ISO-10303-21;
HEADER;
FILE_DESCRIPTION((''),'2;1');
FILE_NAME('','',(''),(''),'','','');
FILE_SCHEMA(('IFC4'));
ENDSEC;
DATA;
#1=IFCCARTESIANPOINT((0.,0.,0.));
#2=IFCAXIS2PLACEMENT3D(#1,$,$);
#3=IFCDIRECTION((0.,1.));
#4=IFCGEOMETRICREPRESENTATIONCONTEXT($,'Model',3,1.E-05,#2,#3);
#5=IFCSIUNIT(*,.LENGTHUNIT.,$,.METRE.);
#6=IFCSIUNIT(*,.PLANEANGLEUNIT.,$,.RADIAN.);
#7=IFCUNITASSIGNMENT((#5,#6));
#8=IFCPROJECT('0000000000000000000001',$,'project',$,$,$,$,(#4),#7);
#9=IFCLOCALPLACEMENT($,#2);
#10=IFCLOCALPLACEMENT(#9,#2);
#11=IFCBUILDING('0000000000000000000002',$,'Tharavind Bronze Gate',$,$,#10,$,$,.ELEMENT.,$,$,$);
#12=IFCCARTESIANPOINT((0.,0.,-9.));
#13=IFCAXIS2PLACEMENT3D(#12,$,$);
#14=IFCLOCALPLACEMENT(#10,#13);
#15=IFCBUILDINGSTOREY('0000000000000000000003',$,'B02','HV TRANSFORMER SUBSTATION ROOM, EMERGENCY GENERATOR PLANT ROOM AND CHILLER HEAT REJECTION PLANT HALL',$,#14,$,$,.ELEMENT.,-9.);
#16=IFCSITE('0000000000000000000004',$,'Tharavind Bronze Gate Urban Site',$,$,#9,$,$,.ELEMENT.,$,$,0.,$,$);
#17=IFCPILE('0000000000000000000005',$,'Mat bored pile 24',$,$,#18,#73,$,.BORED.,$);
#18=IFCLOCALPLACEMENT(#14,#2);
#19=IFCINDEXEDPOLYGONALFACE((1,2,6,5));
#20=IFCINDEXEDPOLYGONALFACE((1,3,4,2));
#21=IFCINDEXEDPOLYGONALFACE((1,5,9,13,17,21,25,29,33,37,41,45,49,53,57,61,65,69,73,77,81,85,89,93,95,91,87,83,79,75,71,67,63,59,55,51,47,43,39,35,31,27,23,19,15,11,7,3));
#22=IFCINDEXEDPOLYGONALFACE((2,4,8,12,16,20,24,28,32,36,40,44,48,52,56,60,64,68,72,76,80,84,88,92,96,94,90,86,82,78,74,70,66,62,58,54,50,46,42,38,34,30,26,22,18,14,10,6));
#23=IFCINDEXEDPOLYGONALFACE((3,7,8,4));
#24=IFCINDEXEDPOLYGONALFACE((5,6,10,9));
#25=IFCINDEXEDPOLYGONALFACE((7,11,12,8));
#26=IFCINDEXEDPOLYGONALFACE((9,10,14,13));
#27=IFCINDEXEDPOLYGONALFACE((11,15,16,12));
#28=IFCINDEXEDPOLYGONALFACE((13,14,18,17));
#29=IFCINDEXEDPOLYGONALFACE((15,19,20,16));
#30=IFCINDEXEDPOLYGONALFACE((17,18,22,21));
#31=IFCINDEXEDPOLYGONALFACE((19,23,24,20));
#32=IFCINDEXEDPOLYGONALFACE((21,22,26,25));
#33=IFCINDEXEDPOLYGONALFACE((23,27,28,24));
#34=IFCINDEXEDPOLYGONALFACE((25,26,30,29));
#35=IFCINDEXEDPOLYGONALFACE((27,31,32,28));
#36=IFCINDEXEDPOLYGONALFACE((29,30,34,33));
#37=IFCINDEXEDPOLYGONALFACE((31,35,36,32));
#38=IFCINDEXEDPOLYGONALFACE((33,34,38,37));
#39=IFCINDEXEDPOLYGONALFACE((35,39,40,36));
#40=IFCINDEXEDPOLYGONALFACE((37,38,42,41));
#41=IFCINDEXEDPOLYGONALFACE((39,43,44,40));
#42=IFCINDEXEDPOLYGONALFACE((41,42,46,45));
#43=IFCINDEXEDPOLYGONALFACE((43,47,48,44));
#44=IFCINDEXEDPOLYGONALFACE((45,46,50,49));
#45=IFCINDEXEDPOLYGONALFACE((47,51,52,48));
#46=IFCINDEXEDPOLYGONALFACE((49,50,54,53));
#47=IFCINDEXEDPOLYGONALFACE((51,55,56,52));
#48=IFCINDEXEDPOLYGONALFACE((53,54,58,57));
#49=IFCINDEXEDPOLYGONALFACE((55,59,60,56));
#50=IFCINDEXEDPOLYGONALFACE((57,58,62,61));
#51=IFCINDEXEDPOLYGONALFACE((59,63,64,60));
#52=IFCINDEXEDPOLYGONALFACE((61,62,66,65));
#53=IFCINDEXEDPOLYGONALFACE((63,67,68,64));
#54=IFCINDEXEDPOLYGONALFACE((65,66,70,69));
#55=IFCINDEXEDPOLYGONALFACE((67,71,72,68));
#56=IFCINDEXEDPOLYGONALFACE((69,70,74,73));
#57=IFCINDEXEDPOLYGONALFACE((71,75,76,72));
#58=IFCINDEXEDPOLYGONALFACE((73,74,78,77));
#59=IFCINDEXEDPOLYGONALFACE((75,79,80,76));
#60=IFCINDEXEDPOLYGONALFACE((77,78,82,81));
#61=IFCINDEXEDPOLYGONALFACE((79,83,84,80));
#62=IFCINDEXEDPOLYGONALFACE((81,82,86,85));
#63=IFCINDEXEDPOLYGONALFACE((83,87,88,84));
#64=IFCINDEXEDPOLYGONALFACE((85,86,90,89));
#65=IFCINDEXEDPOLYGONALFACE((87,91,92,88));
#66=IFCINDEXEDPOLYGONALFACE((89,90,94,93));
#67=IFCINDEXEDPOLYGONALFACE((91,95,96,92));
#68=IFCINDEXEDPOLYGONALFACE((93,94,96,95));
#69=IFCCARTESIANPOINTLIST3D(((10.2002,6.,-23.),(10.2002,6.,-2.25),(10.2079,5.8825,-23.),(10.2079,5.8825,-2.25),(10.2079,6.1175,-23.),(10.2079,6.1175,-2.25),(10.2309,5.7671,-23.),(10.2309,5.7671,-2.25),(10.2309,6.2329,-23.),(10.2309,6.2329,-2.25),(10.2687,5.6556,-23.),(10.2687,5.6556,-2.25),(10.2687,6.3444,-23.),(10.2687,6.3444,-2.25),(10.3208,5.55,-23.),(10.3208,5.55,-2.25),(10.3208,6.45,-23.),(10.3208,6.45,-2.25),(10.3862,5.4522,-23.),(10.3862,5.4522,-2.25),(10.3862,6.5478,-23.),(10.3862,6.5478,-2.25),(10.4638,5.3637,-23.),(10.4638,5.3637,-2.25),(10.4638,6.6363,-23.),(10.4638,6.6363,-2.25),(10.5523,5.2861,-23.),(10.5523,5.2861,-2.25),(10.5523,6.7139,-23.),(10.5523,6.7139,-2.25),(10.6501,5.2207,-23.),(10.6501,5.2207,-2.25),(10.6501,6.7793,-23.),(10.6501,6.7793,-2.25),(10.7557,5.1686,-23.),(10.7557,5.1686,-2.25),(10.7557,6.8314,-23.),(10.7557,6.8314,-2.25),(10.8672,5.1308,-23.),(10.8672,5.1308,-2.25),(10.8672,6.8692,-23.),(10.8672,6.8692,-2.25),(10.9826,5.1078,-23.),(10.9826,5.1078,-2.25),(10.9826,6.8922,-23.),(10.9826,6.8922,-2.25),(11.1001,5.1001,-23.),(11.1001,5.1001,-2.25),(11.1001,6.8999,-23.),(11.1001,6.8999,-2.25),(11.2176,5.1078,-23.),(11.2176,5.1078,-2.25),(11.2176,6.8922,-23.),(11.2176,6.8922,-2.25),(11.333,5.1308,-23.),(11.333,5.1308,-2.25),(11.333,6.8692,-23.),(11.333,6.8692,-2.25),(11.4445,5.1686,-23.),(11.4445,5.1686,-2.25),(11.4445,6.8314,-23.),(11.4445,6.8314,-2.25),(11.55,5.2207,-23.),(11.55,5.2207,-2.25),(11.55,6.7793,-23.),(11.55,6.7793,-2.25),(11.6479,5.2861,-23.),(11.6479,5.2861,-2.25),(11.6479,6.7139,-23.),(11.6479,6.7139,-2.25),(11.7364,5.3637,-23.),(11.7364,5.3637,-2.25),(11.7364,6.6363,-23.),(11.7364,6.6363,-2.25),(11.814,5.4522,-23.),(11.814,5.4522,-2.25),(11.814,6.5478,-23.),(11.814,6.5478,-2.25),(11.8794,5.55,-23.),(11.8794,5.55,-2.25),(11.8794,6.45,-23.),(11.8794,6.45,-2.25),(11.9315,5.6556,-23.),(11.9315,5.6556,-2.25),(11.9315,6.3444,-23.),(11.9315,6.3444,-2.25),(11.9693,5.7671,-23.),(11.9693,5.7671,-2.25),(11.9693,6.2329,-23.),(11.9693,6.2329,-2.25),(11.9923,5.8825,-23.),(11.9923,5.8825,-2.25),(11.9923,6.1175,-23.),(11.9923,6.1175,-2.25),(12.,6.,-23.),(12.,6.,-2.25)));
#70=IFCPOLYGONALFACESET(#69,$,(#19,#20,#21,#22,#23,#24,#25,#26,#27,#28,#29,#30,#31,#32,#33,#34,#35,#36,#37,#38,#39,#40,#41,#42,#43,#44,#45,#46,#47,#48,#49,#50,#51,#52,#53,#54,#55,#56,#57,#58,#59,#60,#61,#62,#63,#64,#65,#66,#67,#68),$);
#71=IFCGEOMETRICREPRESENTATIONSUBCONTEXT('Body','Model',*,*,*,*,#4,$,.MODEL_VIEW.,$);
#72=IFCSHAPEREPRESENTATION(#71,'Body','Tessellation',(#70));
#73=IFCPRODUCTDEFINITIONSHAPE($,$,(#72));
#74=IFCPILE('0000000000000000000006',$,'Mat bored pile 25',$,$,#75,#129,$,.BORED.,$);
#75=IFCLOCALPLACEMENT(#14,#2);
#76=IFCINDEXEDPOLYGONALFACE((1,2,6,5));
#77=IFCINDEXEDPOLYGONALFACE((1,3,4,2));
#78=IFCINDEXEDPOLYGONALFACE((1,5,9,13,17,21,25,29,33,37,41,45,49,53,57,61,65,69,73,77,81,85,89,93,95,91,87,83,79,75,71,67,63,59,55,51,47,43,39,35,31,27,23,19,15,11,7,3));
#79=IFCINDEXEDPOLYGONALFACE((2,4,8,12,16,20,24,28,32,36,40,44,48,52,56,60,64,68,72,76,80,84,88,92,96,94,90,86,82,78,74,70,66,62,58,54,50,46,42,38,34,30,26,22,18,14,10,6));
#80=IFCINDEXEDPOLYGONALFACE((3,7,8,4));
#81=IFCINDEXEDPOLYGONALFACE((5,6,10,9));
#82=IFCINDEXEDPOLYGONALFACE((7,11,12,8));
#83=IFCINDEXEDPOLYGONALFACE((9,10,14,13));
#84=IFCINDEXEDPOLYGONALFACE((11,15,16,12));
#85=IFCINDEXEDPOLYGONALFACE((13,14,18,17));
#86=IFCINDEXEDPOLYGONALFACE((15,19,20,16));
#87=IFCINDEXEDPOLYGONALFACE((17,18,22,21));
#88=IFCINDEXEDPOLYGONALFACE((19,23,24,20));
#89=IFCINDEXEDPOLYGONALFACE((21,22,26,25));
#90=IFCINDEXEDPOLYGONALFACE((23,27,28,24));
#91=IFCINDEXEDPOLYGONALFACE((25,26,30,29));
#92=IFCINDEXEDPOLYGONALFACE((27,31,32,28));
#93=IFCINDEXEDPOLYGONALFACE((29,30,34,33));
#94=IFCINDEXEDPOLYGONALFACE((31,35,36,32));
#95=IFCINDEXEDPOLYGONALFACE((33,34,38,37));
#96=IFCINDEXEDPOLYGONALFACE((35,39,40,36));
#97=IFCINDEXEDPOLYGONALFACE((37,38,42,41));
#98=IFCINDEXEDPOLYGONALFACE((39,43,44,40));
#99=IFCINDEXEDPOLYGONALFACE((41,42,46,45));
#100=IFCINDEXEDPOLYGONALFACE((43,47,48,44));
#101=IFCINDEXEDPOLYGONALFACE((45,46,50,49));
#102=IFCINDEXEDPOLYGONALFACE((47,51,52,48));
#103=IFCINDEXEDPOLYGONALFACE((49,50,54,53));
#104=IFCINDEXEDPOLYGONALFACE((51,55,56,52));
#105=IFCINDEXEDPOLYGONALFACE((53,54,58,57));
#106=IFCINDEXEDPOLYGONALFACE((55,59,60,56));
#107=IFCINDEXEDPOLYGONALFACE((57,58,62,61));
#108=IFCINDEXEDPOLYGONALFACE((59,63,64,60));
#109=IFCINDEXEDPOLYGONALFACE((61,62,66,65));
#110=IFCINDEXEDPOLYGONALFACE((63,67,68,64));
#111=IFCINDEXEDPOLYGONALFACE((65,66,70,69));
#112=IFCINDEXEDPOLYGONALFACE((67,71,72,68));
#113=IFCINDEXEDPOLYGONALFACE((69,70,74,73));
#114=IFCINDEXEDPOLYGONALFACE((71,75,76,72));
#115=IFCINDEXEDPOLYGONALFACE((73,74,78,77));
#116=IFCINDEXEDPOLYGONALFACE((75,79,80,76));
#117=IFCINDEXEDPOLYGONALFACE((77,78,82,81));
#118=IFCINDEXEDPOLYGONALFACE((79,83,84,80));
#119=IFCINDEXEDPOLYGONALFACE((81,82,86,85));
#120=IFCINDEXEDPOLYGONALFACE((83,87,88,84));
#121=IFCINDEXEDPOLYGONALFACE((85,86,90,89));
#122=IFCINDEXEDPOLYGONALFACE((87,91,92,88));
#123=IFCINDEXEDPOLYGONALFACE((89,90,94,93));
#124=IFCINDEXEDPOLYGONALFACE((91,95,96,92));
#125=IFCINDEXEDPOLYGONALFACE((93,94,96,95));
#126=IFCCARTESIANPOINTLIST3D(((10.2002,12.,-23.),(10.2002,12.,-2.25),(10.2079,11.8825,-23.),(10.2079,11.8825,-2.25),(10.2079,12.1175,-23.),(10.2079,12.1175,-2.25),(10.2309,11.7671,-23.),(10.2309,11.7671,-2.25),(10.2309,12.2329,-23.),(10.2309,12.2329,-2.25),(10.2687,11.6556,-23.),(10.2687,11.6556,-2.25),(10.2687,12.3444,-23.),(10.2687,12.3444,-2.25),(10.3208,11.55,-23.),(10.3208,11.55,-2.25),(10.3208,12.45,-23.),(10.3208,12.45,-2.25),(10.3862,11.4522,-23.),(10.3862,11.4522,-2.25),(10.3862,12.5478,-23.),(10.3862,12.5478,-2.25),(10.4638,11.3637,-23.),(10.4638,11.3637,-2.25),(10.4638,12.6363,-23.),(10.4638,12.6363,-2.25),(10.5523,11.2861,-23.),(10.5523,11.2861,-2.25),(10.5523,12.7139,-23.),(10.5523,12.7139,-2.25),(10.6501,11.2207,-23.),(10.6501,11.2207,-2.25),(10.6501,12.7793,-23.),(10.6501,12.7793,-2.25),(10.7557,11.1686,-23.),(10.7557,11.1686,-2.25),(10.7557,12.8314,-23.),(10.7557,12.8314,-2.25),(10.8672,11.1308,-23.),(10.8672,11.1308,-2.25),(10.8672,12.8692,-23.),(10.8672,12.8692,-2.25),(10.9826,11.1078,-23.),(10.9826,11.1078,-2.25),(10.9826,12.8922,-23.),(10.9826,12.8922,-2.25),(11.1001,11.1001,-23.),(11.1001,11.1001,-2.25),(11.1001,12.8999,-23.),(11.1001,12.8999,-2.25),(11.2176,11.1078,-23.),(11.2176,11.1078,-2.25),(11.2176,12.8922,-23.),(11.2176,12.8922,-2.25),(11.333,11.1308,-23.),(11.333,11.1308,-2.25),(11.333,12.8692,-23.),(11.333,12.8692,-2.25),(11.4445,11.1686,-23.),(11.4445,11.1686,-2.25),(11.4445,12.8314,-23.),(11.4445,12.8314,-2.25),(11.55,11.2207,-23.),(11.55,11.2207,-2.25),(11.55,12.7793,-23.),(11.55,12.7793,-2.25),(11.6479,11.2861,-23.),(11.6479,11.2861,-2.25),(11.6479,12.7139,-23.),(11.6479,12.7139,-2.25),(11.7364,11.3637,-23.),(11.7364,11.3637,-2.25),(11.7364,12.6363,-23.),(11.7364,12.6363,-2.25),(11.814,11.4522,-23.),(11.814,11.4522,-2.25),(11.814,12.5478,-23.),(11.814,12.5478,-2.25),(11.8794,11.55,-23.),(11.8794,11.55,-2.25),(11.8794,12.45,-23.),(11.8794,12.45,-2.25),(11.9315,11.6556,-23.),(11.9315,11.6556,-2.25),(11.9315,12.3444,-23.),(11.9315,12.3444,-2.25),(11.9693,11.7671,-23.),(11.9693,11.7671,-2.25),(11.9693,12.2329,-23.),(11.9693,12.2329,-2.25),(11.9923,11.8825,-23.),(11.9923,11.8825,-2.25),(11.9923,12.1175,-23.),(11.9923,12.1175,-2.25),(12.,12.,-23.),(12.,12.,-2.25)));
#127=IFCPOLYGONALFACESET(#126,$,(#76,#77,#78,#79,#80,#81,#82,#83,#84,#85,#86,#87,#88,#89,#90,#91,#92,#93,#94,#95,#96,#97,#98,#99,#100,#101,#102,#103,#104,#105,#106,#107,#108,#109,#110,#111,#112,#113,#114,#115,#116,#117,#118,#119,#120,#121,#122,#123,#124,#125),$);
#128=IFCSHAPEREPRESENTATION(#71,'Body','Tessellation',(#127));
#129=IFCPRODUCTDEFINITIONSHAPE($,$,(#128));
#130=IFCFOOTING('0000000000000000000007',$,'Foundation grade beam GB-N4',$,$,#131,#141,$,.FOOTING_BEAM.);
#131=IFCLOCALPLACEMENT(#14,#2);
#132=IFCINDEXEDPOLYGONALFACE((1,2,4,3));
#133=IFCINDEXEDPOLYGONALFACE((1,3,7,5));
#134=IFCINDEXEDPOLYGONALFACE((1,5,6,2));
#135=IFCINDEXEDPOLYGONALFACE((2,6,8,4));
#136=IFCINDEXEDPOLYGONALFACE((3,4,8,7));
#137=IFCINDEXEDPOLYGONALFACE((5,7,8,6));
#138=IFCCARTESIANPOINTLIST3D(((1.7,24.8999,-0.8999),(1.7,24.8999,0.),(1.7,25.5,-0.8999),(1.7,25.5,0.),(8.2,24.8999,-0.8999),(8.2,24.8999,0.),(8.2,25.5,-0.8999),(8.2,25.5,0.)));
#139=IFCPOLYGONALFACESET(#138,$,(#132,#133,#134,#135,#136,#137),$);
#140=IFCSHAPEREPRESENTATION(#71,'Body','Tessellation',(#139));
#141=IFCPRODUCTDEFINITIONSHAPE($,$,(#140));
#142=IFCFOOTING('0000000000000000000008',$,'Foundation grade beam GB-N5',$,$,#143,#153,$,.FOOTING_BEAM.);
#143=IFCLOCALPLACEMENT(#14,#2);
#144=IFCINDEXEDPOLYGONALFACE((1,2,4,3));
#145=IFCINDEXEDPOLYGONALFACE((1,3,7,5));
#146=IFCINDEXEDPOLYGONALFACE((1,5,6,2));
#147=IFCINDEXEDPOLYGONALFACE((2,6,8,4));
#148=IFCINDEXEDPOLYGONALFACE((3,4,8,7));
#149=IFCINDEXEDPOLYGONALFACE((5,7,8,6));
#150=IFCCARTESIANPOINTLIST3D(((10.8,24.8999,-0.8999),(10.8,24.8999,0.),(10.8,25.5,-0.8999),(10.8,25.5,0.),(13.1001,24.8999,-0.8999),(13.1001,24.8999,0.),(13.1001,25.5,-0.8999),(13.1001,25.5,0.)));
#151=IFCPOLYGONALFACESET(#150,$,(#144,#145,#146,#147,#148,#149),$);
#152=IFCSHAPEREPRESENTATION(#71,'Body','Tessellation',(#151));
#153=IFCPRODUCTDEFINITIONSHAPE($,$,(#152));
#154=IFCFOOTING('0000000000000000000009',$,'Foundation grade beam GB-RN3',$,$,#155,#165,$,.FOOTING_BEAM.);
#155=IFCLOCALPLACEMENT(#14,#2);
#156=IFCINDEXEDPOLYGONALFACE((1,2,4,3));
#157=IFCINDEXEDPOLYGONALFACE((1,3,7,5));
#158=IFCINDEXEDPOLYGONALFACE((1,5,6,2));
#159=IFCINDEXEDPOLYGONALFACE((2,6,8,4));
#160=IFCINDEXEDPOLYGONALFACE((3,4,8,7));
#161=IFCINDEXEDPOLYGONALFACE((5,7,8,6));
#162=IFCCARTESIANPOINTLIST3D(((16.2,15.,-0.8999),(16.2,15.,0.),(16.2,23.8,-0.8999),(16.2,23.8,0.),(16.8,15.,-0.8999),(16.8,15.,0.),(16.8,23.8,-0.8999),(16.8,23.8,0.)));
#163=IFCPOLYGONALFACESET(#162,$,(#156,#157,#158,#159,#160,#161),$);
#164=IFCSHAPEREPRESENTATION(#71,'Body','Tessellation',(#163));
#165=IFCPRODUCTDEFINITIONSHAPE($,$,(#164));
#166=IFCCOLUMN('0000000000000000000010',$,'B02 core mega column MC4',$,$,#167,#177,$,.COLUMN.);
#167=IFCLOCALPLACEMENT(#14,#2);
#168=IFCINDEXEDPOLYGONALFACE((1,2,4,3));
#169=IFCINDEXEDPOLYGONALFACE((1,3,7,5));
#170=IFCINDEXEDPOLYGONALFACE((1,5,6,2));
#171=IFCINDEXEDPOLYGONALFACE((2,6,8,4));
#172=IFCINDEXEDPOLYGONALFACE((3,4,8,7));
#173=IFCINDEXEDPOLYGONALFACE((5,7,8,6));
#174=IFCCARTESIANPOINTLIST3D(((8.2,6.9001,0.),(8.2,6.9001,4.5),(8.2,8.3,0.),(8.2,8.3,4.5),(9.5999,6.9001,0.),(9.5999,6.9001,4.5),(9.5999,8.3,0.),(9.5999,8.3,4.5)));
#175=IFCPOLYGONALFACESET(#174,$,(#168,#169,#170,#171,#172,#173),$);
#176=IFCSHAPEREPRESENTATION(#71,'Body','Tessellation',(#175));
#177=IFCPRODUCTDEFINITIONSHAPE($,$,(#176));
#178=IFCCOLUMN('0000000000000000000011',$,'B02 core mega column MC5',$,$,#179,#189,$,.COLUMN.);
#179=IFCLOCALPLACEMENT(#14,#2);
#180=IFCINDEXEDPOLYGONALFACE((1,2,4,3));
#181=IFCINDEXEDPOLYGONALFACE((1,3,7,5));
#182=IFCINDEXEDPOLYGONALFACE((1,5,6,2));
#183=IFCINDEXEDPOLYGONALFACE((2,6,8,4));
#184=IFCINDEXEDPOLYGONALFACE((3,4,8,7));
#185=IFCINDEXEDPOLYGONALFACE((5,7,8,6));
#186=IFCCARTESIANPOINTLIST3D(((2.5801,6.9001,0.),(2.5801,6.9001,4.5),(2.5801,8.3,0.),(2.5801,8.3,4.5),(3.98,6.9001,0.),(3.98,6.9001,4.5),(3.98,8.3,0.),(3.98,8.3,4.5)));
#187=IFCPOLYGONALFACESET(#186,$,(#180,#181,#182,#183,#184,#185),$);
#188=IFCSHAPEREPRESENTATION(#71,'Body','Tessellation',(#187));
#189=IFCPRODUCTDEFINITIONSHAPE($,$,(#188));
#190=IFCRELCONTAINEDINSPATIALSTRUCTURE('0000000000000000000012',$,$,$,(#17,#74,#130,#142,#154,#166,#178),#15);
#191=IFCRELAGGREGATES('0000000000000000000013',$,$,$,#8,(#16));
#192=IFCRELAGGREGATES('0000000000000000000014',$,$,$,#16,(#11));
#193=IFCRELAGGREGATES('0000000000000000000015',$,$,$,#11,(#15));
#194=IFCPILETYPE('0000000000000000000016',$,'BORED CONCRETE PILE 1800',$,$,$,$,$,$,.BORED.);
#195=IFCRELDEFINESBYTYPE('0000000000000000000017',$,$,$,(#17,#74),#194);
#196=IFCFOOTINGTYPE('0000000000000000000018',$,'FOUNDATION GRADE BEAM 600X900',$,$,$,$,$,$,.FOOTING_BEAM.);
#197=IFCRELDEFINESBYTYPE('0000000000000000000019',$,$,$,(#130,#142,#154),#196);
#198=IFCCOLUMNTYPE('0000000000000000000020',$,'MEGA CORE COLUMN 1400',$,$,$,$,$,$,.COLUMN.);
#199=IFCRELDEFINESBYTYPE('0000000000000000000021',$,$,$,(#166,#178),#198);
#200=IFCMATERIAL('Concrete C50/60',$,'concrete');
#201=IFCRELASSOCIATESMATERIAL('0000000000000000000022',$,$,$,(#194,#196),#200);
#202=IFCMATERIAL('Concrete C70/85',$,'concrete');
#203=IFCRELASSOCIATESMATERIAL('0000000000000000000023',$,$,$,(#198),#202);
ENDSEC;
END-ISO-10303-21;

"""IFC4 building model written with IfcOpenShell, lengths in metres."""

from ifc_helpers import new_model, si_unit, direction, frame, origin, origin_2d, place, context, subcontext, project, spatial, rectangle, circle, extrude, material, material_profile, profile_set, type_object, element, save


model = new_model("IFC4")

# Units and contexts
model_context = context("Model", 3, precision=1e-05, world=origin(), true_north=direction((0.0, 1.0)))
body_context = subcontext(model_context, "Body", "Model", "MODEL_VIEW")
ifc_project = project(units=[si_unit("LENGTHUNIT", "METRE"), si_unit("PLANEANGLEUNIT", "RADIAN")], contexts=[model_context])

# Site, building, storey
site_placement = place(None, origin())
site = spatial("IfcSite", under=ifc_project, at=site_placement, Name="Tharavind Bronze Gate Urban Site", CompositionType="ELEMENT", RefElevation=0.0)
building_placement = place(site_placement, origin())
building = spatial("IfcBuilding", under=site, at=building_placement, Name="Tharavind Bronze Gate", CompositionType="ELEMENT")
storey_placement = place(building_placement, frame((0.0, 0.0, -9.0)))
storey = spatial("IfcBuildingStorey", under=building, at=storey_placement, Name="B02", Description="HV TRANSFORMER SUBSTATION ROOM, EMERGENCY GENERATOR PLANT ROOM AND CHILLER HEAT REJECTION PLANT HALL", CompositionType="ELEMENT", Elevation=-9.0)

# Piles
ifc_material_1 = material(Name="Concrete C50/60", Category="concrete")
ifc_material_profile_1 = material_profile(ifc_material_1, circle(Radius=0.8999, at=origin_2d()), Name="PILE1800")
ifc_profile_set_1 = profile_set([ifc_material_profile_1], Name="Concrete C50/60")
pile_type_1 = type_object("IfcPileType", Name="BORED CONCRETE PILE 1800", PredefinedType="BORED", material=ifc_profile_set_1)
for number, where, z_axis, x_axis, name in (
    (1, (11.1001, 6.0, -2.25), (0.0, 0.0, -1.0), (1.0, 0.0, 0.0), "Mat bored pile 24"),
    (2, (11.1001, 12.0, -2.25), (0.0, 0.0, -1.0), (1.0, 0.0, 0.0), "Mat bored pile 25"),
):
    element("IfcPile", number, at=place(storey_placement, frame(where, z_axis=z_axis, x_axis=x_axis)), inside=storey, type_object=pile_type_1, Name=name, PredefinedType="BORED", context=body_context, shape_type="SweptSolid", body=[
        extrude(circle(Radius=0.8999, at=origin_2d()), origin(), (0.0, 0.0, 1.0), 20.75),
    ])

# Footings
ifc_material_profile_2 = material_profile(ifc_material_1, rectangle(XDim=0.6001, YDim=0.8999, at=origin_2d()), Name="RCBM600X900")
ifc_profile_set_2 = profile_set([ifc_material_profile_2], Name="Concrete C50/60")
footing_type = type_object("IfcFootingType", Name="FOUNDATION GRADE BEAM 600X900", PredefinedType="FOOTING_BEAM", material=ifc_profile_set_2)
footing_1_placement = place(storey_placement, frame((1.7, 25.2, -0.45), z_axis=(1.0, 0.0, 0.0), x_axis=(0.0, 1.0, 0.0)))
element("IfcFooting", 3, at=footing_1_placement, inside=storey, type_object=footing_type, Name="Foundation grade beam GB-N4", PredefinedType="FOOTING_BEAM", context=body_context, shape_type="SweptSolid", body=[
    extrude(rectangle(XDim=0.6001, YDim=0.8999, at=origin_2d()), origin(), (0.0, 0.0, 1.0), 6.5),
])
footing_2_placement = place(storey_placement, frame((10.8, 25.2, -0.45), z_axis=(1.0, 0.0, 0.0), x_axis=(0.0, 1.0, 0.0)))
element("IfcFooting", 4, at=footing_2_placement, inside=storey, type_object=footing_type, Name="Foundation grade beam GB-N5", PredefinedType="FOOTING_BEAM", context=body_context, shape_type="SweptSolid", body=[
    extrude(rectangle(XDim=0.6001, YDim=0.8999, at=origin_2d()), origin(), (0.0, 0.0, 1.0), 2.3),
])
footing_3_placement = place(storey_placement, frame((16.5, 15.0, -0.45), z_axis=(0.0, 1.0, 0.0), x_axis=(-1.0, 0.0, 0.0)))
element("IfcFooting", 5, at=footing_3_placement, inside=storey, type_object=footing_type, Name="Foundation grade beam GB-RN3", PredefinedType="FOOTING_BEAM", context=body_context, shape_type="SweptSolid", body=[
    extrude(rectangle(XDim=0.6001, YDim=0.8999, at=origin_2d()), origin(), (0.0, 0.0, 1.0), 8.8),
])

# Columns
ifc_material_2 = material(Name="Concrete C70/85", Category="concrete")
ifc_material_profile_3 = material_profile(ifc_material_2, rectangle(XDim=1.3999, YDim=1.3999, at=origin_2d()), Name="RCCOL1400")
ifc_profile_set_3 = profile_set([ifc_material_profile_3], Name="Concrete C70/85")
column_type_1 = type_object("IfcColumnType", Name="MEGA CORE COLUMN 1400", PredefinedType="COLUMN", material=ifc_profile_set_3)
for number, where, z_axis, x_axis, name in (
    (6, (8.8999, 7.6001, 0.0), (0.0, 0.0, 1.0), (1.0, 0.0, 0.0), "B02 core mega column MC4"),
    (7, (3.28, 7.6001, 0.0), (0.0, 0.0, 1.0), (1.0, 0.0, 0.0), "B02 core mega column MC5"),
):
    element("IfcColumn", number, at=place(storey_placement, frame(where, z_axis=z_axis, x_axis=x_axis)), inside=storey, type_object=column_type_1, Name=name, PredefinedType="COLUMN", context=body_context, shape_type="SweptSolid", body=[
        extrude(rectangle(XDim=1.3999, YDim=1.3999, at=origin_2d()), origin(), (0.0, 0.0, 1.0), 4.5),
    ])

save(model, "model.ifc")
